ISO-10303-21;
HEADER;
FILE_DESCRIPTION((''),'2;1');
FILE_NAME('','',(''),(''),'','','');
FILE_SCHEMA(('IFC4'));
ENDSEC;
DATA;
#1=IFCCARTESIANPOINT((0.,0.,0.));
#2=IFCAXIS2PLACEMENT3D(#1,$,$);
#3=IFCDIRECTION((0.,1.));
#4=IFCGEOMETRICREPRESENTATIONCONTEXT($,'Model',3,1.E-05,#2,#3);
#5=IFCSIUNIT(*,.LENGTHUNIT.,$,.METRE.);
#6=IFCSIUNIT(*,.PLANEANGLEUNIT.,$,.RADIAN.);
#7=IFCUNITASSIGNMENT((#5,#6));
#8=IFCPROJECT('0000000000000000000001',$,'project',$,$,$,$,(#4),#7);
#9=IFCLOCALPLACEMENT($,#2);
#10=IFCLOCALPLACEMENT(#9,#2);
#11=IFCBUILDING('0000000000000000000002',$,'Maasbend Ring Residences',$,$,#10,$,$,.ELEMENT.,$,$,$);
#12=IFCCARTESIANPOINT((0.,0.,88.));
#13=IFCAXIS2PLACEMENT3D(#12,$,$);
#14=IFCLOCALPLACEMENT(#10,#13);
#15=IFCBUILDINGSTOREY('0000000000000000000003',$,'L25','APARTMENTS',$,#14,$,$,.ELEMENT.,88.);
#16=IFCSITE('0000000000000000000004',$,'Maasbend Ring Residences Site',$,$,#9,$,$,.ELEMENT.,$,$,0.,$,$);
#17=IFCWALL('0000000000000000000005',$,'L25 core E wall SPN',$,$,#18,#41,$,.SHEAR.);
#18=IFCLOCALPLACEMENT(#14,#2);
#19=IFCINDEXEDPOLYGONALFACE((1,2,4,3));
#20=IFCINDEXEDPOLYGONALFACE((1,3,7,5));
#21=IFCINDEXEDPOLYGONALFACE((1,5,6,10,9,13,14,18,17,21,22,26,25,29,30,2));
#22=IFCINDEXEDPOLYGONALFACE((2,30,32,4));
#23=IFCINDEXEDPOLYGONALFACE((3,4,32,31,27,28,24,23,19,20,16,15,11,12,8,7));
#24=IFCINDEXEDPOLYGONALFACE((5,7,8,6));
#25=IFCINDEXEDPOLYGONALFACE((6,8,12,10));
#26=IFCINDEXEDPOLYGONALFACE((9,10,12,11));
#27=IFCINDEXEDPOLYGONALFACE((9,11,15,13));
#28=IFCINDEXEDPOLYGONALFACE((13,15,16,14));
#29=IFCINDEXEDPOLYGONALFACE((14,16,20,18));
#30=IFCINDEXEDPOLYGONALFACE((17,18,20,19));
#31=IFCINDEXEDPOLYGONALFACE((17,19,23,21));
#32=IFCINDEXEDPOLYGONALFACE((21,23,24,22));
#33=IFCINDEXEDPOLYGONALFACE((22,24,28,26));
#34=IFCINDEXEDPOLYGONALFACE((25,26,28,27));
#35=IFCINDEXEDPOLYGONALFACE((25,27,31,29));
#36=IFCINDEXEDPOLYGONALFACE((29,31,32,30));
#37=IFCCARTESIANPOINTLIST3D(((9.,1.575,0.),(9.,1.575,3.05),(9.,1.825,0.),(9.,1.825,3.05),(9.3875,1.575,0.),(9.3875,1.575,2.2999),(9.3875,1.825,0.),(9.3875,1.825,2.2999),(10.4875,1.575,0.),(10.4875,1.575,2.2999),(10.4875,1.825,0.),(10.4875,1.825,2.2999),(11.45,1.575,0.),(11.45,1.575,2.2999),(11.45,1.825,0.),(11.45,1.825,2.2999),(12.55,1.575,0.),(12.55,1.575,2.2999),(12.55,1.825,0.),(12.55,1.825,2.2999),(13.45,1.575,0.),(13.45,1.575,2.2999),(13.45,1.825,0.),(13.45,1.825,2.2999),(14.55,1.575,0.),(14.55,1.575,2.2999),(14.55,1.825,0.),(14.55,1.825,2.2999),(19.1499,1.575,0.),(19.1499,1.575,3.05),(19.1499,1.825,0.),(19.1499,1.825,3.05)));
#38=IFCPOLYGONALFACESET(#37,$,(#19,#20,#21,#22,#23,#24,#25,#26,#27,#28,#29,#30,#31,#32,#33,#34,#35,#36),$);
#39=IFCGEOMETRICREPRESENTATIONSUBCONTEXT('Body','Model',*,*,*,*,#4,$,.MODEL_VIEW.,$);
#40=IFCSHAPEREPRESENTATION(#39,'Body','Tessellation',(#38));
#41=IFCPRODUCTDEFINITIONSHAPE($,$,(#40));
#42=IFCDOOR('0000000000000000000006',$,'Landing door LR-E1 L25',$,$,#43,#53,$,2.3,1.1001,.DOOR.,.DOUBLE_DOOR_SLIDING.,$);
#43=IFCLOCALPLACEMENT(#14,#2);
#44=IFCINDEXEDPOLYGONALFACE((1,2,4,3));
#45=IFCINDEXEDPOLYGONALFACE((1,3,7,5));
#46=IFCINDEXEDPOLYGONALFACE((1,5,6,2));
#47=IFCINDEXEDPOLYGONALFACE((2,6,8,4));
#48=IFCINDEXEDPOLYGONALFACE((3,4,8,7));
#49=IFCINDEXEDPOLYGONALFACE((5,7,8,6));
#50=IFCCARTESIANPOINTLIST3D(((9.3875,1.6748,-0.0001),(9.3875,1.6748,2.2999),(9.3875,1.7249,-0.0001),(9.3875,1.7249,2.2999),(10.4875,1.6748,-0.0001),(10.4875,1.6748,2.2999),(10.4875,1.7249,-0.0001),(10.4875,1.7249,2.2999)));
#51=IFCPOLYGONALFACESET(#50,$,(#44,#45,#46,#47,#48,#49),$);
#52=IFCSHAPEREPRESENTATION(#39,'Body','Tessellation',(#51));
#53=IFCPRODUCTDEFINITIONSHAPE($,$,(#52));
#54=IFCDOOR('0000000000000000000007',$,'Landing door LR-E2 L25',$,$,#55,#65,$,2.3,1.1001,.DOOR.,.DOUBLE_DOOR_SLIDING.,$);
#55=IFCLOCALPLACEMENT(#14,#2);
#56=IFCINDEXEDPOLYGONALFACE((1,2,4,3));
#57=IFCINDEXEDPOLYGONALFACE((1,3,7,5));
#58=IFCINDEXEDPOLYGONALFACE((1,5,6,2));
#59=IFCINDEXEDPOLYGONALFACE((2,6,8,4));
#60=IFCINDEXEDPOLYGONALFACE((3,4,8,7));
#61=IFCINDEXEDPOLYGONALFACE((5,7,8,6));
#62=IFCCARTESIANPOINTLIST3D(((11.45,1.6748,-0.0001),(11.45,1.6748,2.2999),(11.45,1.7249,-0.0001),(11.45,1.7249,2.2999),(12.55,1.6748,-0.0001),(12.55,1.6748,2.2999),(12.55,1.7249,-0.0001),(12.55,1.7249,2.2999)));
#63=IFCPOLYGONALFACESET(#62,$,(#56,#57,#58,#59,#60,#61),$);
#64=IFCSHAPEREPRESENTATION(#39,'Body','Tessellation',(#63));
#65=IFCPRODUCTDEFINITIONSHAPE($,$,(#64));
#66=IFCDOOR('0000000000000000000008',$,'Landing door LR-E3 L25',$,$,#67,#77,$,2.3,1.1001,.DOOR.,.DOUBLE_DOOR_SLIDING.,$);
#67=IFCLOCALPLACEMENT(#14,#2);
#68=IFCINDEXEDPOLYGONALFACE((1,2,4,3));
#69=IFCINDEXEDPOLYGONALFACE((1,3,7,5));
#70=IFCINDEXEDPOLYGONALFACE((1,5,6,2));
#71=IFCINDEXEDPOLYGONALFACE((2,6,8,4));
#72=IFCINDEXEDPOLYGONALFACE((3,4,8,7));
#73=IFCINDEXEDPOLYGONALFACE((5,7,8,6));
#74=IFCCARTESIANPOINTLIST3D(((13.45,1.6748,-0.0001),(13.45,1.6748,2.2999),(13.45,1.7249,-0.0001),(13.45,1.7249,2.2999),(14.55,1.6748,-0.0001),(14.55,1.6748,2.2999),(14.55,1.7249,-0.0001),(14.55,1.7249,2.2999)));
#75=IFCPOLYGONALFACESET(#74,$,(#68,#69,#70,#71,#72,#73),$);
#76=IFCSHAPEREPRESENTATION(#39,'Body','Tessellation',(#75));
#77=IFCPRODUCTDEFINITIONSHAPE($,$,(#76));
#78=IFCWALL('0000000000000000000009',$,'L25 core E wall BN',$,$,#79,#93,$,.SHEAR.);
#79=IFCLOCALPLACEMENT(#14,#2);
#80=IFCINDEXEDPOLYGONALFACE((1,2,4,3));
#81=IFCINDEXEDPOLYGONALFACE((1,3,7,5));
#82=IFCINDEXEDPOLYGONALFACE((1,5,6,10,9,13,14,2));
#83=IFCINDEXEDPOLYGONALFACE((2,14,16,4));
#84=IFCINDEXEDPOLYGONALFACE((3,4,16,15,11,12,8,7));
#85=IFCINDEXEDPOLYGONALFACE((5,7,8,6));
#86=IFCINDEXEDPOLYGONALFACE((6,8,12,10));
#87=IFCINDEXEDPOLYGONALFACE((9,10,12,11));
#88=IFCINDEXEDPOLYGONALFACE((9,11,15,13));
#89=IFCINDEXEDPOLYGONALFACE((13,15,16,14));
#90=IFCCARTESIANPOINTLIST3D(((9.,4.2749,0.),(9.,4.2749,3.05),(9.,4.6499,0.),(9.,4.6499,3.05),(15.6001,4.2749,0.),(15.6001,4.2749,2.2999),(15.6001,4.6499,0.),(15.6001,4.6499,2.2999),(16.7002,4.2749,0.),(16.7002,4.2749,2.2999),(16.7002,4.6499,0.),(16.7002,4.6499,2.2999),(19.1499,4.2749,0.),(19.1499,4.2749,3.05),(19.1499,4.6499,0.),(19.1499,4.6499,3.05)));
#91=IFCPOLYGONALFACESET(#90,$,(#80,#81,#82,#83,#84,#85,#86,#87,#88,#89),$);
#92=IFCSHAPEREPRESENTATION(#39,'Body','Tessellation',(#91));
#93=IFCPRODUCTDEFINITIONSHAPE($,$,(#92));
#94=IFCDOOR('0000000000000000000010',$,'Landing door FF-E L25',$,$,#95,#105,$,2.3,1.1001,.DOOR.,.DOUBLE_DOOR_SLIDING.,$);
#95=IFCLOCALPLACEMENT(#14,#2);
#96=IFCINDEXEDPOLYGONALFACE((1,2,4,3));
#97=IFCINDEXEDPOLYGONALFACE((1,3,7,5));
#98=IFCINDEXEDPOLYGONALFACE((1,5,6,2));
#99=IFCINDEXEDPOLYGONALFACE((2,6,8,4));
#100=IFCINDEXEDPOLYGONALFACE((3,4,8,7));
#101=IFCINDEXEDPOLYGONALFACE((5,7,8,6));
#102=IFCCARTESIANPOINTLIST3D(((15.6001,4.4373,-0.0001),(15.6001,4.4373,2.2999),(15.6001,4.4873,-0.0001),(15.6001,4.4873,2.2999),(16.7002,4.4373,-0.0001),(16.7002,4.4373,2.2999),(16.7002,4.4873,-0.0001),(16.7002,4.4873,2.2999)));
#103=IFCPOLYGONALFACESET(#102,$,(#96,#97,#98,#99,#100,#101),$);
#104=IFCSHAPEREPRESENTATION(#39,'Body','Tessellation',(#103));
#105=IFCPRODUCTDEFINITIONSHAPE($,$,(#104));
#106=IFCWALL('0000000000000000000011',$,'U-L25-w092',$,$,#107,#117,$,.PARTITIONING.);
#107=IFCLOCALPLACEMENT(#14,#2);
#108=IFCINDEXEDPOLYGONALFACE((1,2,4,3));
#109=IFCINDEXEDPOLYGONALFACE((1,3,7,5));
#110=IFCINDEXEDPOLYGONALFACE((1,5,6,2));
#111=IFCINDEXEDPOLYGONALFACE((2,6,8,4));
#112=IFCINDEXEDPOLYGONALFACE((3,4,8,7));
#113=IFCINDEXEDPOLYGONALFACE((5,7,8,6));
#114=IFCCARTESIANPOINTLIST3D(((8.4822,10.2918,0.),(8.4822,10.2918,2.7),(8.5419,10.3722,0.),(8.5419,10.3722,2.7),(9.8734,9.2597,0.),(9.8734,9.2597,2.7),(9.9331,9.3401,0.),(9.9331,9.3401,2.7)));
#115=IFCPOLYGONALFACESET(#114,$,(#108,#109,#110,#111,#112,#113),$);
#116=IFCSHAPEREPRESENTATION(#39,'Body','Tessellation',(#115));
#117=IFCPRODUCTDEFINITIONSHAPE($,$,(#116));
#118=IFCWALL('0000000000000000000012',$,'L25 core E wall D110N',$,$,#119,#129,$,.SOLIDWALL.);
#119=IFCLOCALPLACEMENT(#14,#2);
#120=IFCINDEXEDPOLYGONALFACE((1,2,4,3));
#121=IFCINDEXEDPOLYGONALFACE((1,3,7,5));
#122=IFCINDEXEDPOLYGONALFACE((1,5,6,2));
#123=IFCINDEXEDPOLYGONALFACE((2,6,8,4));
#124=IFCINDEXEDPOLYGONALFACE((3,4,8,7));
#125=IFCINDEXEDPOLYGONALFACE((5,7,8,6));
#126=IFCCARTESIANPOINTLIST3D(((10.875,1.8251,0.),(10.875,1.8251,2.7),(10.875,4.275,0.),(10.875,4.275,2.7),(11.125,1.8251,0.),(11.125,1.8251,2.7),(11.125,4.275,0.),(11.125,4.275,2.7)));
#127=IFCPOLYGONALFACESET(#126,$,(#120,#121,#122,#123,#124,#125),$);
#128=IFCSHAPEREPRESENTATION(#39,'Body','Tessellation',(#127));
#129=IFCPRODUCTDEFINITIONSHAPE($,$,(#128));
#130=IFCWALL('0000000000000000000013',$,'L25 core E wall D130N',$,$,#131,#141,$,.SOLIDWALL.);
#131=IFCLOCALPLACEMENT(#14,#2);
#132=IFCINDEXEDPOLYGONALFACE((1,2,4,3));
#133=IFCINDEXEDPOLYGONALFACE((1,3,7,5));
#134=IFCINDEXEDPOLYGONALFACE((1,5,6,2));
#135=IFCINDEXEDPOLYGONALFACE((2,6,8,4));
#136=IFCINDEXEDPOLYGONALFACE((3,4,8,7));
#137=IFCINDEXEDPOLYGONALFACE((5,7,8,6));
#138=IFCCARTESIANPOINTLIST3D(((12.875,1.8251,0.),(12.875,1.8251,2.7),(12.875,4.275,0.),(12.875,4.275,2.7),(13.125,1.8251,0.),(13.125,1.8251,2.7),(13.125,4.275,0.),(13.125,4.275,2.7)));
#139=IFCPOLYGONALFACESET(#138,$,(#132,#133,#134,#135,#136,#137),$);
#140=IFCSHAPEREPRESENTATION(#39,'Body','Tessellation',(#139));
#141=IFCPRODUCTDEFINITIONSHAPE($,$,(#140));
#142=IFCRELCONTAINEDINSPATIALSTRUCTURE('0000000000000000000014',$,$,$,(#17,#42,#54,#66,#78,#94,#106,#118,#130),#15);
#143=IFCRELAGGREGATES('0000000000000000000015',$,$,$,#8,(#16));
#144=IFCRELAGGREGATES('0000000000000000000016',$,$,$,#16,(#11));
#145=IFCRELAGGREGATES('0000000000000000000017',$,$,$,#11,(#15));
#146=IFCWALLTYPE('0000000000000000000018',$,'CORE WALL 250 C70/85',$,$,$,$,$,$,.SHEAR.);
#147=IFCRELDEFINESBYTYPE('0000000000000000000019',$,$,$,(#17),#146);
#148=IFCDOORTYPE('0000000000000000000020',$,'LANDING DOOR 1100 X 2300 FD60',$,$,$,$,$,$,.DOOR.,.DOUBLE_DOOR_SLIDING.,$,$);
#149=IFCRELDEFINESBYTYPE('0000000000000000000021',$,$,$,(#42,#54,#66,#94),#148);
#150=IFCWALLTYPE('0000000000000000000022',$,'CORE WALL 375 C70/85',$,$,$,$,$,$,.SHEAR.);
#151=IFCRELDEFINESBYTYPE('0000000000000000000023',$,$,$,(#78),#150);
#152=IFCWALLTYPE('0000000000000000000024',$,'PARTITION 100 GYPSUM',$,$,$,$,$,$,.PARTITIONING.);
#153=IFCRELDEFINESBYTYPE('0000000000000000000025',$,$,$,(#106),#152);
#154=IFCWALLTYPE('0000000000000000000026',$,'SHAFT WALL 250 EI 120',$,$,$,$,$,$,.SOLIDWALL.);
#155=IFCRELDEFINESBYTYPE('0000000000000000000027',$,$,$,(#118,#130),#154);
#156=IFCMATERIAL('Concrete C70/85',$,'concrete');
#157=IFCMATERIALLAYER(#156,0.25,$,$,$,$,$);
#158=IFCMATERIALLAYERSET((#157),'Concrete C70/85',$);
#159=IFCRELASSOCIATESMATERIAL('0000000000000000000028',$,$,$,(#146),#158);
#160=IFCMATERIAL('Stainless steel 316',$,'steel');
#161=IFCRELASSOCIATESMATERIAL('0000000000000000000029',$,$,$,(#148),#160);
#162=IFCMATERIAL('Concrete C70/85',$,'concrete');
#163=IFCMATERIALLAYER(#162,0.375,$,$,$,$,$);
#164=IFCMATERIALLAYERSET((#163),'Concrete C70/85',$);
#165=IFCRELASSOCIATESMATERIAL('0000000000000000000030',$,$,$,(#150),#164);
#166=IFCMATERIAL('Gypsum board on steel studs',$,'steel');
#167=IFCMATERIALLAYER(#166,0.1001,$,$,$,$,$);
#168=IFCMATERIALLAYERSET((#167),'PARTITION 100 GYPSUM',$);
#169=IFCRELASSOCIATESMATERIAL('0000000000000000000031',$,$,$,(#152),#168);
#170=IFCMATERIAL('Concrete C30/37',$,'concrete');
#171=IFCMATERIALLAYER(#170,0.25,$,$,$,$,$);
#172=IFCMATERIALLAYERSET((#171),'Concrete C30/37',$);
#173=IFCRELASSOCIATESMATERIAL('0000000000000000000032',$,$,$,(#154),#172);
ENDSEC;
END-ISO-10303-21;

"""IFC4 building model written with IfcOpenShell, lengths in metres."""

from ifc_helpers import new_model, si_unit, direction, frame, frame_2d, origin, place, context, subcontext, project, spatial, rectangle, extrude, material, layer, layer_set, type_object, element, fill, save


model = new_model("IFC4")

# Units and contexts
model_context = context("Model", 3, precision=1e-05, world=origin(), true_north=direction((0.0, 1.0)))
body_context = subcontext(model_context, "Body", "Model", "MODEL_VIEW")
ifc_project = project(units=[si_unit("LENGTHUNIT", "METRE"), si_unit("PLANEANGLEUNIT", "RADIAN")], contexts=[model_context])

# Site, building, storey
site_placement = place(None, origin())
site = spatial("IfcSite", under=ifc_project, at=site_placement, Name="Maasbend Ring Residences Site", CompositionType="ELEMENT", RefElevation=0.0)
building_placement = place(site_placement, origin())
building = spatial("IfcBuilding", under=site, at=building_placement, Name="Maasbend Ring Residences", CompositionType="ELEMENT")
storey_placement = place(building_placement, frame((0.0, 0.0, 88.0)))
storey = spatial("IfcBuildingStorey", under=building, at=storey_placement, Name="L25", Description="APARTMENTS", CompositionType="ELEMENT", Elevation=88.0)

# Wall, openings, doors
ifc_material_1 = material(Name="Concrete C70/85", Category="concrete")
ifc_layer_1 = layer(ifc_material_1, 0.25)
ifc_layer_set_1 = layer_set([ifc_layer_1], Name="Concrete C70/85")
wall_type_1 = type_object("IfcWallType", Name="CORE WALL 250 C70/85", PredefinedType="SHEAR", material=ifc_layer_set_1)
wall_1_placement = place(storey_placement, frame((9.0, 1.7, 0.0), z_axis=(0.0, 0.0, 1.0), x_axis=(1.0, 0.0, 0.0)))
wall_1 = element("IfcWall", 1, at=wall_1_placement, inside=storey, type_object=wall_type_1, Name="L25 core E wall SPN", PredefinedType="SHEAR", context=body_context, shape_type="SweptSolid", body=[
    extrude(rectangle(XDim=10.1499, YDim=0.25, at=frame_2d((5.075, 0.0))), origin(), (0.0, 0.0, 1.0), 3.05),
])
opening_1_placement = place(wall_1_placement, frame((0.3875, 0.0, 0.0)))
opening_1 = element("IfcOpeningElement", 2, at=opening_1_placement, cuts=wall_1, PredefinedType="OPENING", context=body_context, shape_type="SweptSolid", body=[
    extrude(rectangle(XDim=1.1001, YDim=2.3, at=frame_2d((0.55, 1.1499))), frame((0.0, 0.135, 0.0), z_axis=(0.0, -1.0, 0.0), x_axis=(1.0, 0.0, 0.0)), (0.0, 0.0, 1.0), 0.27),
])
opening_2_placement = place(wall_1_placement, frame((2.45, 0.0, 0.0)))
opening_2 = element("IfcOpeningElement", 3, at=opening_2_placement, cuts=wall_1, PredefinedType="OPENING", context=body_context, shape_type="SweptSolid", body=[
    extrude(rectangle(XDim=1.1001, YDim=2.3, at=frame_2d((0.55, 1.1499))), frame((0.0, 0.135, 0.0), z_axis=(0.0, -1.0, 0.0), x_axis=(1.0, 0.0, 0.0)), (0.0, 0.0, 1.0), 0.27),
])
opening_3_placement = place(wall_1_placement, frame((4.45, 0.0, 0.0)))
opening_3 = element("IfcOpeningElement", 4, at=opening_3_placement, cuts=wall_1, PredefinedType="OPENING", context=body_context, shape_type="SweptSolid", body=[
    extrude(rectangle(XDim=1.1001, YDim=2.3, at=frame_2d((0.55, 1.1499))), frame((0.0, 0.135, 0.0), z_axis=(0.0, -1.0, 0.0), x_axis=(1.0, 0.0, 0.0)), (0.0, 0.0, 1.0), 0.27),
])
ifc_material_2 = material(Name="Stainless steel 316", Category="steel")
door_type = type_object("IfcDoorType", Name="LANDING DOOR 1100 X 2300 FD60", OperationType="DOUBLE_DOOR_SLIDING", PredefinedType="DOOR", material=ifc_material_2)
door_1_placement = place(opening_1_placement, origin())
door_1 = element("IfcDoor", 5, at=door_1_placement, inside=storey, type_object=door_type, Name="Landing door LR-E1 L25", OperationType="DOUBLE_DOOR_SLIDING", OverallHeight=2.3, OverallWidth=1.1001, PredefinedType="DOOR", context=body_context, shape_type="SweptSolid", body=[
    extrude(rectangle(XDim=1.1001, YDim=2.3, at=frame_2d((0.55, 1.1499))), frame((0.0, 0.0249, 0.0), z_axis=(0.0, -1.0, 0.0), x_axis=(1.0, 0.0, 0.0)), (0.0, 0.0, 1.0), 0.05),
])
fill(opening_1, door_1)
door_2_placement = place(opening_2_placement, origin())
door_2 = element("IfcDoor", 6, at=door_2_placement, inside=storey, type_object=door_type, Name="Landing door LR-E2 L25", OperationType="DOUBLE_DOOR_SLIDING", OverallHeight=2.3, OverallWidth=1.1001, PredefinedType="DOOR", context=body_context, shape_type="SweptSolid", body=[
    extrude(rectangle(XDim=1.1001, YDim=2.3, at=frame_2d((0.55, 1.1499))), frame((0.0, 0.0249, 0.0), z_axis=(0.0, -1.0, 0.0), x_axis=(1.0, 0.0, 0.0)), (0.0, 0.0, 1.0), 0.05),
])
fill(opening_2, door_2)
door_3_placement = place(opening_3_placement, origin())
door_3 = element("IfcDoor", 7, at=door_3_placement, inside=storey, type_object=door_type, Name="Landing door LR-E3 L25", OperationType="DOUBLE_DOOR_SLIDING", OverallHeight=2.3, OverallWidth=1.1001, PredefinedType="DOOR", context=body_context, shape_type="SweptSolid", body=[
    extrude(rectangle(XDim=1.1001, YDim=2.3, at=frame_2d((0.55, 1.1499))), frame((0.0, 0.0249, 0.0), z_axis=(0.0, -1.0, 0.0), x_axis=(1.0, 0.0, 0.0)), (0.0, 0.0, 1.0), 0.05),
])
fill(opening_3, door_3)

# Wall, opening, door
ifc_material_3 = material(Name="Concrete C70/85", Category="concrete")
ifc_layer_2 = layer(ifc_material_3, 0.375)
ifc_layer_set_2 = layer_set([ifc_layer_2], Name="Concrete C70/85")
wall_type_2 = type_object("IfcWallType", Name="CORE WALL 375 C70/85", PredefinedType="SHEAR", material=ifc_layer_set_2)
wall_2_placement = place(storey_placement, frame((9.0, 4.4624, 0.0), z_axis=(0.0, 0.0, 1.0), x_axis=(1.0, 0.0, 0.0)))
wall_2 = element("IfcWall", 8, at=wall_2_placement, inside=storey, type_object=wall_type_2, Name="L25 core E wall BN", PredefinedType="SHEAR", context=body_context, shape_type="SweptSolid", body=[
    extrude(rectangle(XDim=10.1499, YDim=0.375, at=frame_2d((5.075, 0.0))), origin(), (0.0, 0.0, 1.0), 3.05),
])
opening_4_placement = place(wall_2_placement, frame((6.6001, 0.0, 0.0)))
opening_4 = element("IfcOpeningElement", 9, at=opening_4_placement, cuts=wall_2, PredefinedType="OPENING", context=body_context, shape_type="SweptSolid", body=[
    extrude(rectangle(XDim=1.1001, YDim=2.3, at=frame_2d((0.55, 1.1499))), frame((0.0, 0.1975, 0.0), z_axis=(0.0, -1.0, 0.0), x_axis=(1.0, 0.0, 0.0)), (0.0, 0.0, 1.0), 0.395),
])
door_4_placement = place(opening_4_placement, origin())
door_4 = element("IfcDoor", 10, at=door_4_placement, inside=storey, type_object=door_type, Name="Landing door FF-E L25", OperationType="DOUBLE_DOOR_SLIDING", OverallHeight=2.3, OverallWidth=1.1001, PredefinedType="DOOR", context=body_context, shape_type="SweptSolid", body=[
    extrude(rectangle(XDim=1.1001, YDim=2.3, at=frame_2d((0.55, 1.1499))), frame((0.0, 0.0249, 0.0), z_axis=(0.0, -1.0, 0.0), x_axis=(1.0, 0.0, 0.0)), (0.0, 0.0, 1.0), 0.05),
])
fill(opening_4, door_4)

# Walls
ifc_material_4 = material(Name="Gypsum board on steel studs", Category="steel")
ifc_layer_3 = layer(ifc_material_4, 0.1001)
ifc_layer_set_3 = layer_set([ifc_layer_3], Name="PARTITION 100 GYPSUM")
wall_type_3 = type_object("IfcWallType", Name="PARTITION 100 GYPSUM", PredefinedType="PARTITIONING", material=ifc_layer_set_3)
wall_3_placement = place(storey_placement, frame((8.512, 10.332, 0.0), z_axis=(0.0, 0.0, 1.0), x_axis=(0.803135, -0.595797, 0.0)))
element("IfcWall", 11, at=wall_3_placement, inside=storey, type_object=wall_type_3, Name="U-L25-w092", PredefinedType="PARTITIONING", context=body_context, shape_type="SweptSolid", body=[
    extrude(rectangle(XDim=1.7322, YDim=0.1001, at=frame_2d((0.8662, 0.0))), origin(), (0.0, 0.0, 1.0), 2.7),
])
ifc_material_5 = material(Name="Concrete C30/37", Category="concrete")
ifc_layer_4 = layer(ifc_material_5, 0.25)
ifc_layer_set_4 = layer_set([ifc_layer_4], Name="Concrete C30/37")
wall_type_4 = type_object("IfcWallType", Name="SHAFT WALL 250 EI 120", PredefinedType="SOLIDWALL", material=ifc_layer_set_4)
for number, where, z_axis, x_axis, name in (
    (12, (11.0, 1.825, 0.0), (0.0, 0.0, 1.0), (0.0, 1.0, 0.0), "L25 core E wall D110N"),
    (13, (13.0, 1.825, 0.0), (0.0, 0.0, 1.0), (0.0, 1.0, 0.0), "L25 core E wall D130N"),
):
    element("IfcWall", number, at=place(storey_placement, frame(where, z_axis=z_axis, x_axis=x_axis)), inside=storey, type_object=wall_type_4, Name=name, PredefinedType="SOLIDWALL", context=body_context, shape_type="SweptSolid", body=[
        extrude(rectangle(XDim=2.45, YDim=0.25, at=frame_2d((1.2251, 0.0))), origin(), (0.0, 0.0, 1.0), 2.7),
    ])

save(model, "model.ifc")
